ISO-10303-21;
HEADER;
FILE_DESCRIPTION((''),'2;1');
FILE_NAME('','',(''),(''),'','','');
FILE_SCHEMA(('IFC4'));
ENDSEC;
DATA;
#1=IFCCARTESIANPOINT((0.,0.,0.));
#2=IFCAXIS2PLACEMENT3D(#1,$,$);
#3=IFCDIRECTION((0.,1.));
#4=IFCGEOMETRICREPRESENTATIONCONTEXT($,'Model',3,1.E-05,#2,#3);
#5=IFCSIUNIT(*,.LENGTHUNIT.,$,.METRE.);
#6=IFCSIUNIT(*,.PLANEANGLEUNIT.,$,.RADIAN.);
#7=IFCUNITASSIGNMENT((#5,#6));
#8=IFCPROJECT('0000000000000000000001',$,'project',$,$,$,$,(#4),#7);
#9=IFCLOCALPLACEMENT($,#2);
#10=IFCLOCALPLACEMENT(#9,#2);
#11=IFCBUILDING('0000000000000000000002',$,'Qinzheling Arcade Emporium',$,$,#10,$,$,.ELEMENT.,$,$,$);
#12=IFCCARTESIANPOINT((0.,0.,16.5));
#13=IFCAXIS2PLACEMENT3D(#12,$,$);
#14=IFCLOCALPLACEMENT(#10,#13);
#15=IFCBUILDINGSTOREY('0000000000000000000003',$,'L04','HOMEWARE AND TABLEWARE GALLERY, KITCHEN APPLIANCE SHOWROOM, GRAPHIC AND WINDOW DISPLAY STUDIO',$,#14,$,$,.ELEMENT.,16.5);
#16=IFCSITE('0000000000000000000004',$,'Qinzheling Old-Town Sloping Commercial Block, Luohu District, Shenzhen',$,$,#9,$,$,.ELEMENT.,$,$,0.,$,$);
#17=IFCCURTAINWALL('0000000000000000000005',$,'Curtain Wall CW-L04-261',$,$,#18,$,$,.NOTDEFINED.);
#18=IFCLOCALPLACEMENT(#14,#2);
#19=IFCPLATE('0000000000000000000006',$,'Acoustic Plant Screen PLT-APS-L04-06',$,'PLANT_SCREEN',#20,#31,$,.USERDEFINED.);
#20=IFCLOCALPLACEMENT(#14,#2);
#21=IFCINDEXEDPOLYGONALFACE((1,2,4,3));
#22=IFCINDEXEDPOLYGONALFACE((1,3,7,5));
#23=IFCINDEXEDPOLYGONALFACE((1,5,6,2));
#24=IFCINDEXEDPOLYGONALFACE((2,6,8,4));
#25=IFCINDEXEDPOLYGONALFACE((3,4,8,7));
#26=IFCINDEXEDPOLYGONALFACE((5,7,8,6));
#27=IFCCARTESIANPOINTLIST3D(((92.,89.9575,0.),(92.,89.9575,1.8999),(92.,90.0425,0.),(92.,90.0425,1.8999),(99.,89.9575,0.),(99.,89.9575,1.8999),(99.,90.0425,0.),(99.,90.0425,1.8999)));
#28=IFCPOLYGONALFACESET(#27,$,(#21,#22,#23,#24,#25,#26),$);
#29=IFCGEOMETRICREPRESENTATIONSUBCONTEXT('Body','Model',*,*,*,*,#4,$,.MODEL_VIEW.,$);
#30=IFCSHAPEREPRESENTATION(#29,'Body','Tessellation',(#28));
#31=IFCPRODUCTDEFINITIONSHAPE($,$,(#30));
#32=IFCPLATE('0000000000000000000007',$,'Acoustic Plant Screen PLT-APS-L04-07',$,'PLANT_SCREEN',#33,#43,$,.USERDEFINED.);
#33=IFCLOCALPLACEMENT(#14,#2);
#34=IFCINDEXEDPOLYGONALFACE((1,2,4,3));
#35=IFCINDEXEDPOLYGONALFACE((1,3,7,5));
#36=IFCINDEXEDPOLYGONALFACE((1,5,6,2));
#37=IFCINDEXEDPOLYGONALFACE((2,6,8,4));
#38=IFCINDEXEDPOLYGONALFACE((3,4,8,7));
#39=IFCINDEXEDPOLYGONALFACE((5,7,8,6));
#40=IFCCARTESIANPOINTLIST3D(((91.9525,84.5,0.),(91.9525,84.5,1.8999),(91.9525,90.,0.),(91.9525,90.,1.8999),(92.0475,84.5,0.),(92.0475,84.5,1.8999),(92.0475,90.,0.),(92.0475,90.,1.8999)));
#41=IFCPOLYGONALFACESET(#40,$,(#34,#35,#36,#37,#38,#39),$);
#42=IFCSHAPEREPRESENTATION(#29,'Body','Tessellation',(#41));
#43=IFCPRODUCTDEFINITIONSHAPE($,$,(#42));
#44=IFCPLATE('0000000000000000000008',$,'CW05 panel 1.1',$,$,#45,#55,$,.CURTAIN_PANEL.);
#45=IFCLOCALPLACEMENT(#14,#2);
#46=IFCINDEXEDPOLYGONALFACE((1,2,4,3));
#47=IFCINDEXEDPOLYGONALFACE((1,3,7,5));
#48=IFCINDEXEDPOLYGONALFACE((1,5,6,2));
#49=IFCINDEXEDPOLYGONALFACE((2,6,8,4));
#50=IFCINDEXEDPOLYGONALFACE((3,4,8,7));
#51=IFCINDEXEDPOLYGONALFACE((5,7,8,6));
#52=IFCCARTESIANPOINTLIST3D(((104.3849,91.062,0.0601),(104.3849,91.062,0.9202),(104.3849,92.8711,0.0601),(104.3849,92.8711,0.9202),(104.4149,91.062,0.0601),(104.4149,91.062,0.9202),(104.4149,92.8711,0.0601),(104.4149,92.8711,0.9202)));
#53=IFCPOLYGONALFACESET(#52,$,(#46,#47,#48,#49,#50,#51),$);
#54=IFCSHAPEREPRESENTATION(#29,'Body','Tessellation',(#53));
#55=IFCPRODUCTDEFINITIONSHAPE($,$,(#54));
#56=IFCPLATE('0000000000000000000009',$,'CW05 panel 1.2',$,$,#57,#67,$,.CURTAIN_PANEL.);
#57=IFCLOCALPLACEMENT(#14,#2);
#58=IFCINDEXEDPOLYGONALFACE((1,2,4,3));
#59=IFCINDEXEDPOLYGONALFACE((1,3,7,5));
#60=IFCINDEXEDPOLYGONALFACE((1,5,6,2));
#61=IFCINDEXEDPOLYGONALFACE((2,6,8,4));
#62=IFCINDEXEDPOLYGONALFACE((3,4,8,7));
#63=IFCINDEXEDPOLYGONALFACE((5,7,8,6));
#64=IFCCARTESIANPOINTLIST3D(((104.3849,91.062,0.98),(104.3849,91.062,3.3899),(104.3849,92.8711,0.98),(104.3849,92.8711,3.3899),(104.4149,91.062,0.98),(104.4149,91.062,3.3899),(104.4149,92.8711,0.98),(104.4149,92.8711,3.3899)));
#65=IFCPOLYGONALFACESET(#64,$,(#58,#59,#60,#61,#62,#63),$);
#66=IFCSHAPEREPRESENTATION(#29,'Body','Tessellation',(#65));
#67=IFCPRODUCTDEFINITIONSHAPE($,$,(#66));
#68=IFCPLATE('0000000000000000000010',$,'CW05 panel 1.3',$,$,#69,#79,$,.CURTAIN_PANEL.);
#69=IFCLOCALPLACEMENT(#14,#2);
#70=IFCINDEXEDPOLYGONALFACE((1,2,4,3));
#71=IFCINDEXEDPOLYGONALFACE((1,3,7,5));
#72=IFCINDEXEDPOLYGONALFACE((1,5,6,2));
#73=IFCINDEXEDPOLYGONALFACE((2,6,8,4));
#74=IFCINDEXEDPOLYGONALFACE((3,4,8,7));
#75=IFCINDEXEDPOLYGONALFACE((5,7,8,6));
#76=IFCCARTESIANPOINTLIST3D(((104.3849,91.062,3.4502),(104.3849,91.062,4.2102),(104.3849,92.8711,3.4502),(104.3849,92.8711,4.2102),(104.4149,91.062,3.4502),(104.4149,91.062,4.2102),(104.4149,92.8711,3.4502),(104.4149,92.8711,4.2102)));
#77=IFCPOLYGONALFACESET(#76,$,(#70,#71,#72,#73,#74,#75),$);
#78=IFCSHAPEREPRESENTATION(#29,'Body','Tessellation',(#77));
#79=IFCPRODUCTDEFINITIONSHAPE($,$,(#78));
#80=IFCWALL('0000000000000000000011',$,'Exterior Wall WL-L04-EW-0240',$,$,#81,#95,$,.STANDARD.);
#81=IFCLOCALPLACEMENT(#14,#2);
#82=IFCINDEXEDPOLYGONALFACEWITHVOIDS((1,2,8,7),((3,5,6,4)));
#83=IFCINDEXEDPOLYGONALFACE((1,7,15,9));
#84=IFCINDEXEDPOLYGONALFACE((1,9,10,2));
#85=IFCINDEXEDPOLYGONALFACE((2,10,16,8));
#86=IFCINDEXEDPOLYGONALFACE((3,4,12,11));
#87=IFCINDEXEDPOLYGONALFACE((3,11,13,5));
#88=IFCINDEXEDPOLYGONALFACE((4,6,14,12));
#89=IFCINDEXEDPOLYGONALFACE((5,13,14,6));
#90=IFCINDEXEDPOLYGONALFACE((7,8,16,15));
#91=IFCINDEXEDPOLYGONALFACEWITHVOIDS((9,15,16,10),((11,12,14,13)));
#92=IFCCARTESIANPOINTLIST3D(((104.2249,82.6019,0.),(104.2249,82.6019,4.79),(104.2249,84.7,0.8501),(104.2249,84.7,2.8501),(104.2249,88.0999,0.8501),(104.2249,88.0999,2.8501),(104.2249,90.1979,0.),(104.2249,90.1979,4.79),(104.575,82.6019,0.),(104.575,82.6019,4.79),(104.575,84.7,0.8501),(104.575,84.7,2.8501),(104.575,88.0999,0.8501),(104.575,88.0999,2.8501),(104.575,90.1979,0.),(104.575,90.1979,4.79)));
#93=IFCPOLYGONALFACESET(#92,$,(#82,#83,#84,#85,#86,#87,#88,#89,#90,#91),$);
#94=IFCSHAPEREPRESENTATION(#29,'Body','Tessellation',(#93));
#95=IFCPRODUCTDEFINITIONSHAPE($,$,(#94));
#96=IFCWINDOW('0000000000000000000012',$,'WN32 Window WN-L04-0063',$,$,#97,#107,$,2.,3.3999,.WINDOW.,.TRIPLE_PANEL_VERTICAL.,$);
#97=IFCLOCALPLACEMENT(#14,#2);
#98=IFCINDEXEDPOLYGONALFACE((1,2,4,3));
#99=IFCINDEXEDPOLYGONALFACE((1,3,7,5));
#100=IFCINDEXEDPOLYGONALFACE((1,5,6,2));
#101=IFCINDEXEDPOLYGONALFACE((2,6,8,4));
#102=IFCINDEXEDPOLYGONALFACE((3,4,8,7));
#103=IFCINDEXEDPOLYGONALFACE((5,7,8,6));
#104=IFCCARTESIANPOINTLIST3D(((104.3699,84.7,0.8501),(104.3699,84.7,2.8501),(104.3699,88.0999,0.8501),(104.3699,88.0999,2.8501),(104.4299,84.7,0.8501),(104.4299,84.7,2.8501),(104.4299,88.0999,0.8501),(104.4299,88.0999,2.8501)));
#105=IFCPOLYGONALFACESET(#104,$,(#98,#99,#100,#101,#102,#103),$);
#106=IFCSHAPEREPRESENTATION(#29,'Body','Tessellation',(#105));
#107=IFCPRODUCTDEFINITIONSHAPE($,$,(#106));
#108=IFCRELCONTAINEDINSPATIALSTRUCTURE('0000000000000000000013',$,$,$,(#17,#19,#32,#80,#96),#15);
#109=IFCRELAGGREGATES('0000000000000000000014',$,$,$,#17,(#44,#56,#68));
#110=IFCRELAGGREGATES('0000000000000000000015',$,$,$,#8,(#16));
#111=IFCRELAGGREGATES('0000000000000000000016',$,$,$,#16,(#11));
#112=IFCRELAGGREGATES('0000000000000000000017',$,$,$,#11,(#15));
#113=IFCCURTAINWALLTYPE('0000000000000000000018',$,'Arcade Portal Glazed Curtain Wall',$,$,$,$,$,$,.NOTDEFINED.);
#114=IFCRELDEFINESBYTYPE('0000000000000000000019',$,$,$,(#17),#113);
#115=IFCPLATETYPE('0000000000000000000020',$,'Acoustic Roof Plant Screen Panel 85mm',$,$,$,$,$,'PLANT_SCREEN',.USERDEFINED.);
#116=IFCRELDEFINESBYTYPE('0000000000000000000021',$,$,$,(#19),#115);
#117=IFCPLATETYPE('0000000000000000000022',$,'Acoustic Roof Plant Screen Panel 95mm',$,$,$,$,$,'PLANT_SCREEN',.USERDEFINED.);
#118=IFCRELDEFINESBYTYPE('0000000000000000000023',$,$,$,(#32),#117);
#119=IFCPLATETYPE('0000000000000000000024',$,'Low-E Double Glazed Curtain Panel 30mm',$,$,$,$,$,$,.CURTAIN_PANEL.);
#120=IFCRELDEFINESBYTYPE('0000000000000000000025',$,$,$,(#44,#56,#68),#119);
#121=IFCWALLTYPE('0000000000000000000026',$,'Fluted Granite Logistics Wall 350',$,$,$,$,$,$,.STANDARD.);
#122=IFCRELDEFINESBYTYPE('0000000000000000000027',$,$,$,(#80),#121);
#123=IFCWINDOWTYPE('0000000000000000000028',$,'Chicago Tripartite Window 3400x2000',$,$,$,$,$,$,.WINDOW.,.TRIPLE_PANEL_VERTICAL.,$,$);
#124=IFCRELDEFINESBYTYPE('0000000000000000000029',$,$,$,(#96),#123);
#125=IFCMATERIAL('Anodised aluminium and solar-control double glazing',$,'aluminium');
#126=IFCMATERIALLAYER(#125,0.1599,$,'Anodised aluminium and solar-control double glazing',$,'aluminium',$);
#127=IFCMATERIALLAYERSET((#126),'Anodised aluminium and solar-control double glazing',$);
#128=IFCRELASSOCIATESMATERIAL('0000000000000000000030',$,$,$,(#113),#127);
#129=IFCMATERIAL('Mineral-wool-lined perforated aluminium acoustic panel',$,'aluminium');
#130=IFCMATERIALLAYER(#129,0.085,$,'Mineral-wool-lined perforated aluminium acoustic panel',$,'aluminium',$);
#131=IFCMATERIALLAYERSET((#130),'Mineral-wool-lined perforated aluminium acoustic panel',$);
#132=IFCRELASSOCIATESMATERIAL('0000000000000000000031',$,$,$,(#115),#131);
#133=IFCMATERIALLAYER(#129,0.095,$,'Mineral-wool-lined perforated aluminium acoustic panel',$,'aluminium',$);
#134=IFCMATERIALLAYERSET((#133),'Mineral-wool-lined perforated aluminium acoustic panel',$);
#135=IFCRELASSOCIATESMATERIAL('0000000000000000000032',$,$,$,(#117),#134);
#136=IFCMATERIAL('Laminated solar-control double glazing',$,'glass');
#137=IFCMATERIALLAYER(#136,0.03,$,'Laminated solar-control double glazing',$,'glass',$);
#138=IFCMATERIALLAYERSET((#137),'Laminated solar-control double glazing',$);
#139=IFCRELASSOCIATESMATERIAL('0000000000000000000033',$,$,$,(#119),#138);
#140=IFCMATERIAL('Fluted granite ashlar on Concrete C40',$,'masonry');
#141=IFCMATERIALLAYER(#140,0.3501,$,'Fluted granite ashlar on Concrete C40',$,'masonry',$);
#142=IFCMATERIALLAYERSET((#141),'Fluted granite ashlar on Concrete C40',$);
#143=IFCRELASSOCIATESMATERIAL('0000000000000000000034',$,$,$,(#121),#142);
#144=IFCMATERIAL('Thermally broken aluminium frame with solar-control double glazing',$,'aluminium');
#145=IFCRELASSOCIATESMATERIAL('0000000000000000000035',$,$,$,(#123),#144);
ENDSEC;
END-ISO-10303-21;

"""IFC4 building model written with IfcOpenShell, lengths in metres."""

from ifc_helpers import new_model, si_unit, direction, frame, frame_2d, origin, origin_2d, place, context, subcontext, project, spatial, rectangle, extrude, material, layer, layer_set, type_object, element, fill, aggregate, save


model = new_model("IFC4")

# Units and contexts
model_context = context("Model", 3, precision=1e-05, world=origin(), true_north=direction((0.0, 1.0)))
body_context = subcontext(model_context, "Body", "Model", "MODEL_VIEW")
ifc_project = project(units=[si_unit("LENGTHUNIT", "METRE"), si_unit("PLANEANGLEUNIT", "RADIAN")], contexts=[model_context])

# Site, building, storey
site_placement = place(None, origin())
site = spatial("IfcSite", under=ifc_project, at=site_placement, Name="Qinzheling Old-Town Sloping Commercial Block, Luohu District, Shenzhen", CompositionType="ELEMENT", RefElevation=0.0)
building_placement = place(site_placement, origin())
building = spatial("IfcBuilding", under=site, at=building_placement, Name="Qinzheling Arcade Emporium", CompositionType="ELEMENT")
storey_placement = place(building_placement, frame((0.0, 0.0, 16.5)))
storey = spatial("IfcBuildingStorey", under=building, at=storey_placement, Name="L04", Description="HOMEWARE AND TABLEWARE GALLERY, KITCHEN APPLIANCE SHOWROOM, GRAPHIC AND WINDOW DISPLAY STUDIO", CompositionType="ELEMENT", Elevation=16.5)

# Curtain wall
ifc_material_1 = material(Name="Anodised aluminium and solar-control double glazing", Category="aluminium")
ifc_layer_1 = layer(ifc_material_1, 0.1599, Name="Anodised aluminium and solar-control double glazing", Category="aluminium")
ifc_layer_set_1 = layer_set([ifc_layer_1], Name="Anodised aluminium and solar-control double glazing")
curtain_wall_type = type_object("IfcCurtainWallType", Name="Arcade Portal Glazed Curtain Wall", PredefinedType="NOTDEFINED", material=ifc_layer_set_1)
curtain_wall_placement = place(storey_placement, origin())
curtain_wall = element("IfcCurtainWall", 1, at=curtain_wall_placement, inside=storey, type_object=curtain_wall_type, Name="Curtain Wall CW-L04-261", PredefinedType="NOTDEFINED")

# Plates
ifc_material_2 = material(Name="Mineral-wool-lined perforated aluminium acoustic panel", Category="aluminium")
ifc_layer_2 = layer(ifc_material_2, 0.085, Name="Mineral-wool-lined perforated aluminium acoustic panel", Category="aluminium")
ifc_layer_set_2 = layer_set([ifc_layer_2], Name="Mineral-wool-lined perforated aluminium acoustic panel")
plate_type_1 = type_object("IfcPlateType", Name="Acoustic Roof Plant Screen Panel 85mm", ElementType="PLANT_SCREEN", PredefinedType="USERDEFINED", material=ifc_layer_set_2)
plate_1_placement = place(storey_placement, frame((95.5, 90.0, 0.0), z_axis=(0.0, 0.0, 1.0), x_axis=(1.0, 0.0, 0.0)))
element("IfcPlate", 2, at=plate_1_placement, inside=storey, type_object=plate_type_1, Name="Acoustic Plant Screen PLT-APS-L04-06", ObjectType="PLANT_SCREEN", PredefinedType="USERDEFINED", context=body_context, shape_type="SweptSolid", body=[
    extrude(rectangle(XDim=7.0, YDim=0.085, at=origin_2d()), origin(), (0.0, 0.0, 1.0), 1.8999),
])
ifc_layer_3 = layer(ifc_material_2, 0.095, Name="Mineral-wool-lined perforated aluminium acoustic panel", Category="aluminium")
ifc_layer_set_3 = layer_set([ifc_layer_3], Name="Mineral-wool-lined perforated aluminium acoustic panel")
plate_type_2 = type_object("IfcPlateType", Name="Acoustic Roof Plant Screen Panel 95mm", ElementType="PLANT_SCREEN", PredefinedType="USERDEFINED", material=ifc_layer_set_3)
plate_2_placement = place(storey_placement, frame((92.0, 87.25, 0.0), z_axis=(0.0, 0.0, 1.0), x_axis=(0.0, 1.0, 0.0)))
element("IfcPlate", 3, at=plate_2_placement, inside=storey, type_object=plate_type_2, Name="Acoustic Plant Screen PLT-APS-L04-07", ObjectType="PLANT_SCREEN", PredefinedType="USERDEFINED", context=body_context, shape_type="SweptSolid", body=[
    extrude(rectangle(XDim=5.5, YDim=0.095, at=origin_2d()), origin(), (0.0, 0.0, 1.0), 1.8999),
])

# Plates
ifc_material_3 = material(Name="Laminated solar-control double glazing", Category="glass")
ifc_layer_4 = layer(ifc_material_3, 0.03, Name="Laminated solar-control double glazing", Category="glass")
ifc_layer_set_4 = layer_set([ifc_layer_4], Name="Laminated solar-control double glazing")
plate_type_3 = type_object("IfcPlateType", Name="Low-E Double Glazed Curtain Panel 30mm", PredefinedType="CURTAIN_PANEL", material=ifc_layer_set_4)
plate_3_placement = place(storey_placement, frame((104.3999, 91.9666, 0.0601), z_axis=(0.0, 0.0, 1.0), x_axis=(0.0, 1.0, 0.0)))
plate_3 = element("IfcPlate", 4, at=plate_3_placement, type_object=plate_type_3, Name="CW05 panel 1.1", PredefinedType="CURTAIN_PANEL", context=body_context, shape_type="SweptSolid", body=[
    extrude(rectangle(XDim=1.8091, YDim=0.03, at=origin_2d()), origin(), (0.0, 0.0, 1.0), 0.8601),
])
plate_4_placement = place(storey_placement, frame((104.3999, 91.9666, 0.98), z_axis=(0.0, 0.0, 1.0), x_axis=(0.0, 1.0, 0.0)))
plate_4 = element("IfcPlate", 5, at=plate_4_placement, type_object=plate_type_3, Name="CW05 panel 1.2", PredefinedType="CURTAIN_PANEL", context=body_context, shape_type="SweptSolid", body=[
    extrude(rectangle(XDim=1.8091, YDim=0.03, at=origin_2d()), origin(), (0.0, 0.0, 1.0), 2.4099),
])
plate_5_placement = place(storey_placement, frame((104.3999, 91.9666, 3.4502), z_axis=(0.0, 0.0, 1.0), x_axis=(0.0, 1.0, 0.0)))
plate_5 = element("IfcPlate", 6, at=plate_5_placement, type_object=plate_type_3, Name="CW05 panel 1.3", PredefinedType="CURTAIN_PANEL", context=body_context, shape_type="SweptSolid", body=[
    extrude(rectangle(XDim=1.8091, YDim=0.03, at=origin_2d()), origin(), (0.0, 0.0, 1.0), 0.76),
])
aggregate(curtain_wall, [plate_3, plate_4, plate_5])

# Wall, opening, window
ifc_material_4 = material(Name="Fluted granite ashlar on Concrete C40", Category="masonry")
ifc_layer_5 = layer(ifc_material_4, 0.3501, Name="Fluted granite ashlar on Concrete C40", Category="masonry")
ifc_layer_set_5 = layer_set([ifc_layer_5], Name="Fluted granite ashlar on Concrete C40")
wall_type = type_object("IfcWallType", Name="Fluted Granite Logistics Wall 350", PredefinedType="STANDARD", material=ifc_layer_set_5)
wall_placement = place(storey_placement, frame((104.3999, 82.6021, 0.0), z_axis=(0.0, 0.0, 1.0), x_axis=(0.0, 1.0, 0.0)))
wall = element("IfcWall", 7, at=wall_placement, inside=storey, type_object=wall_type, Name="Exterior Wall WL-L04-EW-0240", PredefinedType="STANDARD", context=body_context, shape_type="SweptSolid", body=[
    extrude(rectangle(XDim=7.5959, YDim=0.3501, at=frame_2d((3.7979, 0.0))), origin(), (0.0, 0.0, 1.0), 4.79),
])
opening_placement = place(wall_placement, frame((2.0979, 0.0, 0.8501)))
opening = element("IfcOpeningElement", 8, at=opening_placement, cuts=wall, PredefinedType="OPENING", context=body_context, shape_type="SweptSolid", body=[
    extrude(rectangle(XDim=3.3999, YDim=2.0, at=frame_2d((1.7, 1.0))), frame((0.0, 0.1851, 0.0), z_axis=(0.0, -1.0, 0.0), x_axis=(1.0, 0.0, 0.0)), (0.0, 0.0, 1.0), 0.3701),
])
ifc_material_5 = material(Name="Thermally broken aluminium frame with solar-control double glazing", Category="aluminium")
window_type = type_object("IfcWindowType", Name="Chicago Tripartite Window 3400x2000", PartitioningType="TRIPLE_PANEL_VERTICAL", PredefinedType="WINDOW", material=ifc_material_5)
window_placement = place(opening_placement, origin())
window = element("IfcWindow", 9, at=window_placement, inside=storey, type_object=window_type, Name="WN32 Window WN-L04-0063", OverallHeight=2.0, OverallWidth=3.3999, PartitioningType="TRIPLE_PANEL_VERTICAL", PredefinedType="WINDOW", context=body_context, shape_type="SweptSolid", body=[
    extrude(rectangle(XDim=3.3999, YDim=2.0, at=frame_2d((1.7, 1.0))), frame((0.0, 0.03, 0.0), z_axis=(0.0, -1.0, 0.0), x_axis=(1.0, 0.0, 0.0)), (0.0, 0.0, 1.0), 0.0601),
])
fill(opening, window)

save(model, "model.ifc")
